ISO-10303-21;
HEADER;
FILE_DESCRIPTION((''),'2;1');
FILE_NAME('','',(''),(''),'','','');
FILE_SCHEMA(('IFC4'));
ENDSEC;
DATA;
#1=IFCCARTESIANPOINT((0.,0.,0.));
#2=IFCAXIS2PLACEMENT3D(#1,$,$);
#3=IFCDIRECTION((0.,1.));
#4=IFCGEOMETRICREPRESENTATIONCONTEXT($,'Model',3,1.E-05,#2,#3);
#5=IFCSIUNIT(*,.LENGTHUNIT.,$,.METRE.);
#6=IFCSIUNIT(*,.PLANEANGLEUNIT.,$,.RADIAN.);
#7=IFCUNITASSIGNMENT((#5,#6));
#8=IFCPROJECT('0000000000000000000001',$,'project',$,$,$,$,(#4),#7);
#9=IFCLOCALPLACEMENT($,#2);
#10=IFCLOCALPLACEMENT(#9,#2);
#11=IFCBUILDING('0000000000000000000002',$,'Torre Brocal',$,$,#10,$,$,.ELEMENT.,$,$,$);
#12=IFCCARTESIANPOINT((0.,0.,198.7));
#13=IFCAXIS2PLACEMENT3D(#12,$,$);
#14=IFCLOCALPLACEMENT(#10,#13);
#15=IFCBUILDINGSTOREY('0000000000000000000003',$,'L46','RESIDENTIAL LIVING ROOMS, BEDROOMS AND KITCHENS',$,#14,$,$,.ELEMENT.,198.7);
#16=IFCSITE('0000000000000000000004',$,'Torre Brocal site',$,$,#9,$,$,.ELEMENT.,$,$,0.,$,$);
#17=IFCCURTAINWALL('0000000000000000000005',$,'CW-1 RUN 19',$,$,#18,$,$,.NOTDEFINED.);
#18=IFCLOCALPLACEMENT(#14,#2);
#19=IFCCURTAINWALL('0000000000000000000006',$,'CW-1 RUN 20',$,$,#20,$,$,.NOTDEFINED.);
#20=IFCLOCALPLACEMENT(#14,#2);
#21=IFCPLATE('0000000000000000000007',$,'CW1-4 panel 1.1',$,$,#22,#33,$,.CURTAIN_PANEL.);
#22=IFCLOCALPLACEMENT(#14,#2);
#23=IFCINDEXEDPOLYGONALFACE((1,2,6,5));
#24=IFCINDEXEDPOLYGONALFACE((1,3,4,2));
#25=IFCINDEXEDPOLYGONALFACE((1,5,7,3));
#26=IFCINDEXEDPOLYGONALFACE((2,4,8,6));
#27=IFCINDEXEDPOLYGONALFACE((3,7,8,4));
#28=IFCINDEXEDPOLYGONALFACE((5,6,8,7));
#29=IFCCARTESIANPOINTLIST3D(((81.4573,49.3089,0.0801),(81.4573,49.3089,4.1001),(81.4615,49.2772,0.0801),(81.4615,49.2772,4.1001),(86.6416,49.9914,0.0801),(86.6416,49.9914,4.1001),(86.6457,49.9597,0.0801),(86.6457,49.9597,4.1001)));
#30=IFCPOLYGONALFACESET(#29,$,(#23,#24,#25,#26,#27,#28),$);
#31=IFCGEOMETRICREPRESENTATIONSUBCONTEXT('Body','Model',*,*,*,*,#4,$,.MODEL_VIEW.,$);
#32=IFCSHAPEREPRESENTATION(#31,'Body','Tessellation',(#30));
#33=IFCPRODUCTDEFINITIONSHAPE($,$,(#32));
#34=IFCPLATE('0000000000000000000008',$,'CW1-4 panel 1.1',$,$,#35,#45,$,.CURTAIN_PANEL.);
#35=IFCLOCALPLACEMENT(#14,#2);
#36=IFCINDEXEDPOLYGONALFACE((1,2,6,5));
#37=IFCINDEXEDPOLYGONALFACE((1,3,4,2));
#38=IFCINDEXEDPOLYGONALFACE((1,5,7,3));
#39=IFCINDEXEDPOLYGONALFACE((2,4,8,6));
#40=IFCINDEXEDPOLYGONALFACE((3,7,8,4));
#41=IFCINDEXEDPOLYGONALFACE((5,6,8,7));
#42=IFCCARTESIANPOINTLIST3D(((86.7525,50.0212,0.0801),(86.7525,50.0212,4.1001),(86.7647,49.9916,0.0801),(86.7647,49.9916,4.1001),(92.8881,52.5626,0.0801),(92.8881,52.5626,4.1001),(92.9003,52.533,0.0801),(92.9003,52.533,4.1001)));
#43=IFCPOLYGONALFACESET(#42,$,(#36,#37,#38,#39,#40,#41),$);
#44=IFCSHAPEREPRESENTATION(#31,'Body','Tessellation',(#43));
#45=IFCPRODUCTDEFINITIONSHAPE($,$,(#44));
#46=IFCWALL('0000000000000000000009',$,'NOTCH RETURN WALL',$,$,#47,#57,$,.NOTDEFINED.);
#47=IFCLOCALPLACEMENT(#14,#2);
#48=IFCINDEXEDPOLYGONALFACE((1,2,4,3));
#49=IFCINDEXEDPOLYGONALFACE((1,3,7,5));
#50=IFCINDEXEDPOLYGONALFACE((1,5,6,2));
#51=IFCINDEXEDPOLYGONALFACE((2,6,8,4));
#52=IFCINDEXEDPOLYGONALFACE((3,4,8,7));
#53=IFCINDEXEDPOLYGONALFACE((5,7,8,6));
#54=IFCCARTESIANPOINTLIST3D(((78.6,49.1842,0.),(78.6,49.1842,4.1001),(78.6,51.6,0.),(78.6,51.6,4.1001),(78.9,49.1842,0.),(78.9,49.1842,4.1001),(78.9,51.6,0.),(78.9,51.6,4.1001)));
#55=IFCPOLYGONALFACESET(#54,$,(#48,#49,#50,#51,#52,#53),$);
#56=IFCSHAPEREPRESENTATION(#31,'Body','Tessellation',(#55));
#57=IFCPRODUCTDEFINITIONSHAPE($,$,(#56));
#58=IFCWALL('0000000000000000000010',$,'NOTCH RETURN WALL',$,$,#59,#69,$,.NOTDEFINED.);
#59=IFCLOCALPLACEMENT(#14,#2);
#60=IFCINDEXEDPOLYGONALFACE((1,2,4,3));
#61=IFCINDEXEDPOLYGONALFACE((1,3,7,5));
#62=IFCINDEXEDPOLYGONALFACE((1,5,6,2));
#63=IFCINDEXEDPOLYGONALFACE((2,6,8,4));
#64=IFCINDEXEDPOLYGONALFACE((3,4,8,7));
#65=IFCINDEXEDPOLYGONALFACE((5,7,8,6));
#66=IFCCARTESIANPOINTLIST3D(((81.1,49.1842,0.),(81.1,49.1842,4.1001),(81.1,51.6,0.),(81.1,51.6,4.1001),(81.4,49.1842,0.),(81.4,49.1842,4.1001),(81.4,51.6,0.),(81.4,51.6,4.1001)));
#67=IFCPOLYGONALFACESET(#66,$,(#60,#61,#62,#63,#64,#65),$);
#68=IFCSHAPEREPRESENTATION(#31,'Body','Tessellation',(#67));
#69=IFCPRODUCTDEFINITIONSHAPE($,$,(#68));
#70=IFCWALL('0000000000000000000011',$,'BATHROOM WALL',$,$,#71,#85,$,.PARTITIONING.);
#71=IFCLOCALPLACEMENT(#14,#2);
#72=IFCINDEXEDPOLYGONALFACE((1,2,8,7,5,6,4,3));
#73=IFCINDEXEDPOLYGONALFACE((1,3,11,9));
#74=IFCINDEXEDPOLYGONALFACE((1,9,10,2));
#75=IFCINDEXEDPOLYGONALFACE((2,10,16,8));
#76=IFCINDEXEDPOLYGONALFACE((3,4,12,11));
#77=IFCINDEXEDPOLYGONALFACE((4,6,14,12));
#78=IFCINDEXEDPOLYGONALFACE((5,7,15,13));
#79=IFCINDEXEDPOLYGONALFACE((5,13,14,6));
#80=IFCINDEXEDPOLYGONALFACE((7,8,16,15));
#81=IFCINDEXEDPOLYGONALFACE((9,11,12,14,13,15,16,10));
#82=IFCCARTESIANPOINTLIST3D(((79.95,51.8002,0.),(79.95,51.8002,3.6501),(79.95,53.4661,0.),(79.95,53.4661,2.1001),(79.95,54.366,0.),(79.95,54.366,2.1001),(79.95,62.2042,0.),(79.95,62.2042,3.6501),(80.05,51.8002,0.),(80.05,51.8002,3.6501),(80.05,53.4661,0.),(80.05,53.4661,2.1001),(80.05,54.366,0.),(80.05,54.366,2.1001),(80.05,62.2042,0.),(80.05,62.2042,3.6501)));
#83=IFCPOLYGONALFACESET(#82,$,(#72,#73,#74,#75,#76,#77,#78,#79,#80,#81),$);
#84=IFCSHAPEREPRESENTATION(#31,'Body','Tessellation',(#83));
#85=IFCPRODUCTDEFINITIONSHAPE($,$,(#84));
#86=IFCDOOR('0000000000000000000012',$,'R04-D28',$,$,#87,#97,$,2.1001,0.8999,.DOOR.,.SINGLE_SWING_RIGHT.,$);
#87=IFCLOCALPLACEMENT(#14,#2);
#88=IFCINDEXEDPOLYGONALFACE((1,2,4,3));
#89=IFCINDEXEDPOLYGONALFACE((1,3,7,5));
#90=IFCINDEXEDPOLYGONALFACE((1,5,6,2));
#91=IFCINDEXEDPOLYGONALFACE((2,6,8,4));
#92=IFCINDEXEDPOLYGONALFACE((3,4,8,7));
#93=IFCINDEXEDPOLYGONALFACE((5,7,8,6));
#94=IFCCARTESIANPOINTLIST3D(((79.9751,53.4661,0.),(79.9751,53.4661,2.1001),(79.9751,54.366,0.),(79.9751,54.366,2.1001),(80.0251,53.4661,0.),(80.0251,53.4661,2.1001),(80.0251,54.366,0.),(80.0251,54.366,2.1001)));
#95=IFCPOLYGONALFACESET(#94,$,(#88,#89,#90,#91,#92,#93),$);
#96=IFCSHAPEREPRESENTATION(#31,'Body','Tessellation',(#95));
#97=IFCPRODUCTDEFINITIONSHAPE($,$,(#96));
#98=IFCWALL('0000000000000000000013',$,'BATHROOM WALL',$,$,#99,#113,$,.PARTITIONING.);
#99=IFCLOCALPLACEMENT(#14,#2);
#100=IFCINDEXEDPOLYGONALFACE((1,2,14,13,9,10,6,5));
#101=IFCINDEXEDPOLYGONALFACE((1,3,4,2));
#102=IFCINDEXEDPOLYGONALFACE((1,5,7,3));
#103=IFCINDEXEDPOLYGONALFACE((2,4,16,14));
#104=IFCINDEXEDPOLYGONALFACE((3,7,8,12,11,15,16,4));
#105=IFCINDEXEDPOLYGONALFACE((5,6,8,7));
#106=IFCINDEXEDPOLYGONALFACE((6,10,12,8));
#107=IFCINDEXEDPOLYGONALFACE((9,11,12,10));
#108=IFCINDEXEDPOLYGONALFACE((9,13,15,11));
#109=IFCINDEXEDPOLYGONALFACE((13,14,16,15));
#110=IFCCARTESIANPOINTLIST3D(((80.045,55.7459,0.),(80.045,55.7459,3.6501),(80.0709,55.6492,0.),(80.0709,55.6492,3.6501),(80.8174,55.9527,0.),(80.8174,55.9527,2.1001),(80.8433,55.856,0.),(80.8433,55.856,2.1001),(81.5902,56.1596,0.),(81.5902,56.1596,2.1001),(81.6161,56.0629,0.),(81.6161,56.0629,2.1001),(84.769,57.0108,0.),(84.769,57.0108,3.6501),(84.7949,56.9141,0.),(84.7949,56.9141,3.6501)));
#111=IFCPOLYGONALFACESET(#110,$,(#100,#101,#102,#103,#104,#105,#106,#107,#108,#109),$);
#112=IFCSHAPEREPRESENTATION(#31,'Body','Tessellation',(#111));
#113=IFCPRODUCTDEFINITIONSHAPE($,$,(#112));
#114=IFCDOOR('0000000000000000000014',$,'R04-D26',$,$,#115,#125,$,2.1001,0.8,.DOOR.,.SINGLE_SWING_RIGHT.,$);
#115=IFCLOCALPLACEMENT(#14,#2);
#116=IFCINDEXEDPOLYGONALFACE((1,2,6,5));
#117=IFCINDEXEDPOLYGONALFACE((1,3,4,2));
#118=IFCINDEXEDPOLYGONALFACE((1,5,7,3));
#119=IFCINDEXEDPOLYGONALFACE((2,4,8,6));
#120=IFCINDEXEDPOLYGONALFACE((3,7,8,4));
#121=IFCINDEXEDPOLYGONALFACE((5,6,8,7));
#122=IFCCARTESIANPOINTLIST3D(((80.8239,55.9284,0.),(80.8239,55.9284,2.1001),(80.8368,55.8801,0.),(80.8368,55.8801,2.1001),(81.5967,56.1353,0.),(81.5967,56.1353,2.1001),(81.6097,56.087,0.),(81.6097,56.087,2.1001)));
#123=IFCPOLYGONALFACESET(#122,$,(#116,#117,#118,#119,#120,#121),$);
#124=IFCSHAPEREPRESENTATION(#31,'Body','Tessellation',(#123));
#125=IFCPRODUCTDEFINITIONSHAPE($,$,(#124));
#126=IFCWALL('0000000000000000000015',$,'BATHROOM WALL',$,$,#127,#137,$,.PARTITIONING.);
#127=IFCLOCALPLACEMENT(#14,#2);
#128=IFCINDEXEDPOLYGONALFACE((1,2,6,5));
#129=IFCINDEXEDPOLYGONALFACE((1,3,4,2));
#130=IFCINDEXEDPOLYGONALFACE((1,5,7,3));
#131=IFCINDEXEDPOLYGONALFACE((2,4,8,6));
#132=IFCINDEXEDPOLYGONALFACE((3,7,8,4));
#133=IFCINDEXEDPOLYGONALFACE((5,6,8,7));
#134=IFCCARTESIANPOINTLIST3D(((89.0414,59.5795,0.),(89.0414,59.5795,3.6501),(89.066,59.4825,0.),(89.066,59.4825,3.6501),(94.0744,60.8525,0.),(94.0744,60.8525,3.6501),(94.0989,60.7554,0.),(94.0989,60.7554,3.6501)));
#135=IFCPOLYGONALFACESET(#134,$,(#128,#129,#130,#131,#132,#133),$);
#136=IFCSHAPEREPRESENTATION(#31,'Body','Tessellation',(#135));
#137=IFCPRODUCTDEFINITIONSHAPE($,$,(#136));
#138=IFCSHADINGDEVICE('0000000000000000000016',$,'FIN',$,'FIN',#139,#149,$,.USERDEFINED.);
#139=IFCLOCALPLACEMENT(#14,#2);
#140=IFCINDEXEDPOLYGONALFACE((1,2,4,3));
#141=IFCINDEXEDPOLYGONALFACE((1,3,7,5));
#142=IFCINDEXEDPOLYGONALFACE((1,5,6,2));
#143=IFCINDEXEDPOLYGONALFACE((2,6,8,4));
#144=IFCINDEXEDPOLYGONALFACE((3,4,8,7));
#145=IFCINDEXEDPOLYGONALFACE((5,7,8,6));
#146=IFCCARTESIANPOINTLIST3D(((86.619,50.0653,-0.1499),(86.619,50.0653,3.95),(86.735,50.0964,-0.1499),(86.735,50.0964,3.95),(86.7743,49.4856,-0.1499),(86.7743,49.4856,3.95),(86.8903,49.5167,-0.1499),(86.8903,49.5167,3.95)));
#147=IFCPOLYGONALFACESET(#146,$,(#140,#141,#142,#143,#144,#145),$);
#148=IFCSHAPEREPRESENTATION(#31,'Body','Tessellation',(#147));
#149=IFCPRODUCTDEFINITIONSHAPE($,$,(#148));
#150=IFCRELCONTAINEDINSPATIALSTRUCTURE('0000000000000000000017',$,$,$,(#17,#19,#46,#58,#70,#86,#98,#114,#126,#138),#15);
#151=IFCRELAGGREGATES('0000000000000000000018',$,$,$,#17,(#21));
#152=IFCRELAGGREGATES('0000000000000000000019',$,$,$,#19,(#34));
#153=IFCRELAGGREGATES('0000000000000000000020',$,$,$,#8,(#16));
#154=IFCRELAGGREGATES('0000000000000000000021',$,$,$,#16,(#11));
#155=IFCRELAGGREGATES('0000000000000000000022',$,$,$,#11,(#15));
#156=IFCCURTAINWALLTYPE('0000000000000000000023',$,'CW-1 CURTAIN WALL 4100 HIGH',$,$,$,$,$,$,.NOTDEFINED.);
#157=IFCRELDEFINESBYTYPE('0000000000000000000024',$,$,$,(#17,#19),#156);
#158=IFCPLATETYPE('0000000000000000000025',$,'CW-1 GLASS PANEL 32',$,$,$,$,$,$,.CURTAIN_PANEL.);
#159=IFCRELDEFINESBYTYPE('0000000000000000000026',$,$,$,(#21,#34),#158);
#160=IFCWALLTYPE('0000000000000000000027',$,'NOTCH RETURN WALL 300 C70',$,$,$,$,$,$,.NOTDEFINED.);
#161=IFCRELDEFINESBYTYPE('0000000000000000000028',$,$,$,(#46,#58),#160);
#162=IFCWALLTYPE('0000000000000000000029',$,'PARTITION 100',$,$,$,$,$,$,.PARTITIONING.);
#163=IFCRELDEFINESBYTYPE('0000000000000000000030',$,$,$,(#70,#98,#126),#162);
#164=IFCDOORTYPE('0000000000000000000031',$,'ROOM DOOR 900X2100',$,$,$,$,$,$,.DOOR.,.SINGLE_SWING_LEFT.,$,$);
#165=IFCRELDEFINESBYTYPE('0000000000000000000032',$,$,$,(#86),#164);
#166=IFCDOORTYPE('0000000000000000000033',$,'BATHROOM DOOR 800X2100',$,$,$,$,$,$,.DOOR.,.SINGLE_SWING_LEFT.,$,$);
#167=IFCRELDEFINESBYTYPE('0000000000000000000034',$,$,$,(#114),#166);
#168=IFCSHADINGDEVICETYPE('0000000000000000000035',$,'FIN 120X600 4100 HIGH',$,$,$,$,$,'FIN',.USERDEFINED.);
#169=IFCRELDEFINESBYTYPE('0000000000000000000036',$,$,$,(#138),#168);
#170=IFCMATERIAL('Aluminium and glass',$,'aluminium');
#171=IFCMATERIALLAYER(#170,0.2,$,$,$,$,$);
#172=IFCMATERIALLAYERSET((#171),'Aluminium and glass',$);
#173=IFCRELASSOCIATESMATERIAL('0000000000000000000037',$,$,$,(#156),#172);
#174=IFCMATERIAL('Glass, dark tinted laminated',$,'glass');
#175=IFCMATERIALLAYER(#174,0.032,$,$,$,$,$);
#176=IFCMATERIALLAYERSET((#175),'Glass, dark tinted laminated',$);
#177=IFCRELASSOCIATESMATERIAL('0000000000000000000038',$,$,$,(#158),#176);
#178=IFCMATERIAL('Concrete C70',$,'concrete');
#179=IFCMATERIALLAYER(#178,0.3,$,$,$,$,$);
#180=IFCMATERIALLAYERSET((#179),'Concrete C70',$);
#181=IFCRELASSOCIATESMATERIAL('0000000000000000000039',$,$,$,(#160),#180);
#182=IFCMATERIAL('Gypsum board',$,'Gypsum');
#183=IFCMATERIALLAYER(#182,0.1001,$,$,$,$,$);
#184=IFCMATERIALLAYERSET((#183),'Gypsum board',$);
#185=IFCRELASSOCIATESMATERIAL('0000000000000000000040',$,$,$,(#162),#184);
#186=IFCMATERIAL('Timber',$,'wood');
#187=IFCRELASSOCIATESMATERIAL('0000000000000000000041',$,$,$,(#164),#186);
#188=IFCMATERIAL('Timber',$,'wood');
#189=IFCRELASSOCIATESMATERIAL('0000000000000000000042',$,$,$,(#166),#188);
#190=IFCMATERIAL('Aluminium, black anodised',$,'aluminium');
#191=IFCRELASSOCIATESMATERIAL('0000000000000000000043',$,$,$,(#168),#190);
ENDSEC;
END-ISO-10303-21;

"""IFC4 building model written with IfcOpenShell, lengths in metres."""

from ifc_helpers import new_model, si_unit, direction, frame, frame_2d, origin, origin_2d, place, context, subcontext, project, spatial, rectangle, extrude, material, layer, layer_set, material_profile, profile_set, type_object, element, fill, aggregate, save


model = new_model("IFC4")

# Units and contexts
model_context = context("Model", 3, precision=1e-05, world=origin(), true_north=direction((0.0, 1.0)))
body_context = subcontext(model_context, "Body", "Model", "MODEL_VIEW")
ifc_project = project(units=[si_unit("LENGTHUNIT", "METRE"), si_unit("PLANEANGLEUNIT", "RADIAN")], contexts=[model_context])

# Site, building, storey
site_placement = place(None, origin())
site = spatial("IfcSite", under=ifc_project, at=site_placement, Name="Torre Brocal site", CompositionType="ELEMENT", RefElevation=0.0)
building_placement = place(site_placement, origin())
building = spatial("IfcBuilding", under=site, at=building_placement, Name="Torre Brocal", CompositionType="ELEMENT")
storey_placement = place(building_placement, frame((0.0, 0.0, 198.7)))
storey = spatial("IfcBuildingStorey", under=building, at=storey_placement, Name="L46", Description="RESIDENTIAL LIVING ROOMS, BEDROOMS AND KITCHENS", CompositionType="ELEMENT", Elevation=198.7)

# Curtain wall
ifc_material_1 = material(Name="Aluminium and glass", Category="aluminium")
ifc_layer_1 = layer(ifc_material_1, 0.2)
ifc_layer_set_1 = layer_set([ifc_layer_1], Name="Aluminium and glass")
curtain_wall_type = type_object("IfcCurtainWallType", Name="CW-1 CURTAIN WALL 4100 HIGH", PredefinedType="NOTDEFINED", material=ifc_layer_set_1)
curtain_wall_1_placement = place(storey_placement, origin())
curtain_wall_1 = element("IfcCurtainWall", 1, at=curtain_wall_1_placement, inside=storey, type_object=curtain_wall_type, Name="CW-1 RUN 19", PredefinedType="NOTDEFINED")

# Curtain wall
curtain_wall_2_placement = place(storey_placement, origin())
curtain_wall_2 = element("IfcCurtainWall", 2, at=curtain_wall_2_placement, inside=storey, type_object=curtain_wall_type, Name="CW-1 RUN 20", PredefinedType="NOTDEFINED")

# Plates
ifc_material_2 = material(Name="Glass, dark tinted laminated", Category="glass")
ifc_layer_2 = layer(ifc_material_2, 0.032)
ifc_layer_set_2 = layer_set([ifc_layer_2], Name="Glass, dark tinted laminated")
plate_type = type_object("IfcPlateType", Name="CW-1 GLASS PANEL 32", PredefinedType="CURTAIN_PANEL", material=ifc_layer_set_2)
plate_1_placement = place(storey_placement, frame((84.0515, 49.6343, 0.0801), z_axis=(0.0, 0.0, 1.0), x_axis=(0.991445, 0.130526, 0.0)))
plate_1 = element("IfcPlate", 3, at=plate_1_placement, type_object=plate_type, Name="CW1-4 panel 1.1", PredefinedType="CURTAIN_PANEL", context=body_context, shape_type="SweptSolid", body=[
    extrude(rectangle(XDim=5.229, YDim=0.032, at=origin_2d()), origin(), (0.0, 0.0, 1.0), 4.02),
])
aggregate(curtain_wall_1, [plate_1])
plate_2_placement = place(storey_placement, frame((89.8264, 51.2771, 0.0801), z_axis=(0.0, 0.0, 1.0), x_axis=(0.92388, 0.382683, 0.0)))
plate_2 = element("IfcPlate", 4, at=plate_2_placement, type_object=plate_type, Name="CW1-4 panel 1.1", PredefinedType="CURTAIN_PANEL", context=body_context, shape_type="SweptSolid", body=[
    extrude(rectangle(XDim=6.6411, YDim=0.032, at=origin_2d()), origin(), (0.0, 0.0, 1.0), 4.02),
])
aggregate(curtain_wall_2, [plate_2])

# Walls
ifc_material_3 = material(Name="Concrete C70", Category="concrete")
ifc_layer_3 = layer(ifc_material_3, 0.3)
ifc_layer_set_3 = layer_set([ifc_layer_3], Name="Concrete C70")
wall_type_1 = type_object("IfcWallType", Name="NOTCH RETURN WALL 300 C70", PredefinedType="NOTDEFINED", material=ifc_layer_set_3)
for number, where, z_axis, x_axis, name in (
    (5, (78.75, 51.6001, 0.0), (0.0, 0.0, 1.0), (0.0, -1.0, 0.0), "NOTCH RETURN WALL"),
    (6, (81.25, 51.6001, 0.0), (0.0, 0.0, 1.0), (0.0, -1.0, 0.0), "NOTCH RETURN WALL"),
):
    element("IfcWall", number, at=place(storey_placement, frame(where, z_axis=z_axis, x_axis=x_axis)), inside=storey, type_object=wall_type_1, Name=name, PredefinedType="NOTDEFINED", context=body_context, shape_type="SweptSolid", body=[
        extrude(rectangle(XDim=2.4158, YDim=0.3, at=frame_2d((1.208, 0.0))), origin(), (0.0, 0.0, 1.0), 4.1001),
    ])

# Walls, openings, doors
ifc_material_4 = material(Name="Gypsum board", Category="Gypsum")
ifc_layer_4 = layer(ifc_material_4, 0.1001)
ifc_layer_set_4 = layer_set([ifc_layer_4], Name="Gypsum board")
wall_type_2 = type_object("IfcWallType", Name="PARTITION 100", PredefinedType="PARTITIONING", material=ifc_layer_set_4)
wall_1_placement = place(storey_placement, frame((80.0, 51.8, 0.0), z_axis=(0.0, 0.0, 1.0), x_axis=(0.0, 1.0, 0.0)))
wall_1 = element("IfcWall", 7, at=wall_1_placement, inside=storey, type_object=wall_type_2, Name="BATHROOM WALL", PredefinedType="PARTITIONING", context=body_context, shape_type="SweptSolid", body=[
    extrude(rectangle(XDim=10.4041, YDim=0.1001, at=frame_2d((5.2021, 0.0))), origin(), (0.0, 0.0, 1.0), 3.6501),
])
opening_1_placement = place(wall_1_placement, frame((1.666, 0.0, 0.0)))
opening_1 = element("IfcOpeningElement", 8, at=opening_1_placement, cuts=wall_1, PredefinedType="OPENING", context=body_context, shape_type="SweptSolid", body=[
    extrude(rectangle(XDim=0.8999, YDim=2.1001, at=frame_2d((0.45, 1.05))), frame((0.0, 0.0601, 0.0), z_axis=(0.0, -1.0, 0.0), x_axis=(1.0, 0.0, 0.0)), (0.0, 0.0, 1.0), 0.1201),
])
ifc_material_5 = material(Name="Timber", Category="wood")
door_type_1 = type_object("IfcDoorType", Name="ROOM DOOR 900X2100", OperationType="SINGLE_SWING_LEFT", PredefinedType="DOOR", material=ifc_material_5)
door_1_placement = place(opening_1_placement, origin())
door_1 = element("IfcDoor", 9, at=door_1_placement, inside=storey, type_object=door_type_1, Name="R04-D28", OperationType="SINGLE_SWING_RIGHT", OverallHeight=2.1001, OverallWidth=0.8999, PredefinedType="DOOR", context=body_context, shape_type="SweptSolid", body=[
    extrude(rectangle(XDim=0.8999, YDim=2.1001, at=frame_2d((0.45, 1.05))), frame((0.0, 0.0249, 0.0), z_axis=(0.0, -1.0, 0.0), x_axis=(1.0, 0.0, 0.0)), (0.0, 0.0, 1.0), 0.05),
])
fill(opening_1, door_1)
wall_2_placement = place(storey_placement, frame((80.0579, 55.6975, 0.0), z_axis=(0.0, 0.0, 1.0), x_axis=(0.96597, 0.258654, 0.0)))
wall_2 = element("IfcWall", 10, at=wall_2_placement, inside=storey, type_object=wall_type_2, Name="BATHROOM WALL", PredefinedType="PARTITIONING", context=body_context, shape_type="SweptSolid", body=[
    extrude(rectangle(XDim=4.8904, YDim=0.1001, at=frame_2d((2.4453, 0.0))), origin(), (0.0, 0.0, 1.0), 3.6501),
])
opening_2_placement = place(wall_2_placement, frame((0.7998, 0.0, 0.0)))
opening_2 = element("IfcOpeningElement", 11, at=opening_2_placement, cuts=wall_2, PredefinedType="OPENING", context=body_context, shape_type="SweptSolid", body=[
    extrude(rectangle(XDim=0.8, YDim=2.1001, at=frame_2d((0.3999, 1.05))), frame((0.0, 0.0601, 0.0), z_axis=(0.0, -1.0, 0.0), x_axis=(1.0, 0.0, 0.0)), (0.0, 0.0, 1.0), 0.1201),
])
ifc_material_6 = material(Name="Timber", Category="wood")
door_type_2 = type_object("IfcDoorType", Name="BATHROOM DOOR 800X2100", OperationType="SINGLE_SWING_LEFT", PredefinedType="DOOR", material=ifc_material_6)
door_2_placement = place(opening_2_placement, origin())
door_2 = element("IfcDoor", 12, at=door_2_placement, inside=storey, type_object=door_type_2, Name="R04-D26", OperationType="SINGLE_SWING_RIGHT", OverallHeight=2.1001, OverallWidth=0.8, PredefinedType="DOOR", context=body_context, shape_type="SweptSolid", body=[
    extrude(rectangle(XDim=0.8, YDim=2.1001, at=frame_2d((0.3999, 1.05))), frame((0.0, 0.0249, 0.0), z_axis=(0.0, -1.0, 0.0), x_axis=(1.0, 0.0, 0.0)), (0.0, 0.0, 1.0), 0.05),
])
fill(opening_2, door_2)

# Wall
wall_3_placement = place(storey_placement, frame((89.0537, 59.531, 0.0), z_axis=(0.0, 0.0, 1.0), x_axis=(0.969472, 0.245201, 0.0)))
element("IfcWall", 13, at=wall_3_placement, inside=storey, type_object=wall_type_2, Name="BATHROOM WALL", PredefinedType="PARTITIONING", context=body_context, shape_type="SweptSolid", body=[
    extrude(rectangle(XDim=5.1914, YDim=0.1001, at=frame_2d((2.5957, 0.0))), origin(), (0.0, 0.0, 1.0), 3.6501),
])

# Shading device
ifc_material_7 = material(Name="Aluminium, black anodised", Category="aluminium")
ifc_material_profile_1 = material_profile(ifc_material_7, rectangle(XDim=0.1201, YDim=0.6001, at=origin_2d()), Name="FIN 120X600 4100 HIGH")
ifc_profile_set_1 = profile_set([ifc_material_profile_1], Name="Aluminium, black anodised")
shading_device_type = type_object("IfcShadingDeviceType", Name="FIN 120X600 4100 HIGH", ElementType="FIN", PredefinedType="USERDEFINED", material=ifc_profile_set_1)
shading_device_placement = place(storey_placement, frame((86.7546, 49.791, -0.1499), z_axis=(0.0, 0.0, 1.0), x_axis=(0.965926, 0.258819, 0.0)))
element("IfcShadingDevice", 14, at=shading_device_placement, inside=storey, type_object=shading_device_type, Name="FIN", ObjectType="FIN", PredefinedType="USERDEFINED", context=body_context, shape_type="SweptSolid", body=[
    extrude(rectangle(XDim=0.1201, YDim=0.6001, at=origin_2d()), origin(), (0.0, 0.0, 1.0), 4.0999),
])

save(model, "model.ifc")
